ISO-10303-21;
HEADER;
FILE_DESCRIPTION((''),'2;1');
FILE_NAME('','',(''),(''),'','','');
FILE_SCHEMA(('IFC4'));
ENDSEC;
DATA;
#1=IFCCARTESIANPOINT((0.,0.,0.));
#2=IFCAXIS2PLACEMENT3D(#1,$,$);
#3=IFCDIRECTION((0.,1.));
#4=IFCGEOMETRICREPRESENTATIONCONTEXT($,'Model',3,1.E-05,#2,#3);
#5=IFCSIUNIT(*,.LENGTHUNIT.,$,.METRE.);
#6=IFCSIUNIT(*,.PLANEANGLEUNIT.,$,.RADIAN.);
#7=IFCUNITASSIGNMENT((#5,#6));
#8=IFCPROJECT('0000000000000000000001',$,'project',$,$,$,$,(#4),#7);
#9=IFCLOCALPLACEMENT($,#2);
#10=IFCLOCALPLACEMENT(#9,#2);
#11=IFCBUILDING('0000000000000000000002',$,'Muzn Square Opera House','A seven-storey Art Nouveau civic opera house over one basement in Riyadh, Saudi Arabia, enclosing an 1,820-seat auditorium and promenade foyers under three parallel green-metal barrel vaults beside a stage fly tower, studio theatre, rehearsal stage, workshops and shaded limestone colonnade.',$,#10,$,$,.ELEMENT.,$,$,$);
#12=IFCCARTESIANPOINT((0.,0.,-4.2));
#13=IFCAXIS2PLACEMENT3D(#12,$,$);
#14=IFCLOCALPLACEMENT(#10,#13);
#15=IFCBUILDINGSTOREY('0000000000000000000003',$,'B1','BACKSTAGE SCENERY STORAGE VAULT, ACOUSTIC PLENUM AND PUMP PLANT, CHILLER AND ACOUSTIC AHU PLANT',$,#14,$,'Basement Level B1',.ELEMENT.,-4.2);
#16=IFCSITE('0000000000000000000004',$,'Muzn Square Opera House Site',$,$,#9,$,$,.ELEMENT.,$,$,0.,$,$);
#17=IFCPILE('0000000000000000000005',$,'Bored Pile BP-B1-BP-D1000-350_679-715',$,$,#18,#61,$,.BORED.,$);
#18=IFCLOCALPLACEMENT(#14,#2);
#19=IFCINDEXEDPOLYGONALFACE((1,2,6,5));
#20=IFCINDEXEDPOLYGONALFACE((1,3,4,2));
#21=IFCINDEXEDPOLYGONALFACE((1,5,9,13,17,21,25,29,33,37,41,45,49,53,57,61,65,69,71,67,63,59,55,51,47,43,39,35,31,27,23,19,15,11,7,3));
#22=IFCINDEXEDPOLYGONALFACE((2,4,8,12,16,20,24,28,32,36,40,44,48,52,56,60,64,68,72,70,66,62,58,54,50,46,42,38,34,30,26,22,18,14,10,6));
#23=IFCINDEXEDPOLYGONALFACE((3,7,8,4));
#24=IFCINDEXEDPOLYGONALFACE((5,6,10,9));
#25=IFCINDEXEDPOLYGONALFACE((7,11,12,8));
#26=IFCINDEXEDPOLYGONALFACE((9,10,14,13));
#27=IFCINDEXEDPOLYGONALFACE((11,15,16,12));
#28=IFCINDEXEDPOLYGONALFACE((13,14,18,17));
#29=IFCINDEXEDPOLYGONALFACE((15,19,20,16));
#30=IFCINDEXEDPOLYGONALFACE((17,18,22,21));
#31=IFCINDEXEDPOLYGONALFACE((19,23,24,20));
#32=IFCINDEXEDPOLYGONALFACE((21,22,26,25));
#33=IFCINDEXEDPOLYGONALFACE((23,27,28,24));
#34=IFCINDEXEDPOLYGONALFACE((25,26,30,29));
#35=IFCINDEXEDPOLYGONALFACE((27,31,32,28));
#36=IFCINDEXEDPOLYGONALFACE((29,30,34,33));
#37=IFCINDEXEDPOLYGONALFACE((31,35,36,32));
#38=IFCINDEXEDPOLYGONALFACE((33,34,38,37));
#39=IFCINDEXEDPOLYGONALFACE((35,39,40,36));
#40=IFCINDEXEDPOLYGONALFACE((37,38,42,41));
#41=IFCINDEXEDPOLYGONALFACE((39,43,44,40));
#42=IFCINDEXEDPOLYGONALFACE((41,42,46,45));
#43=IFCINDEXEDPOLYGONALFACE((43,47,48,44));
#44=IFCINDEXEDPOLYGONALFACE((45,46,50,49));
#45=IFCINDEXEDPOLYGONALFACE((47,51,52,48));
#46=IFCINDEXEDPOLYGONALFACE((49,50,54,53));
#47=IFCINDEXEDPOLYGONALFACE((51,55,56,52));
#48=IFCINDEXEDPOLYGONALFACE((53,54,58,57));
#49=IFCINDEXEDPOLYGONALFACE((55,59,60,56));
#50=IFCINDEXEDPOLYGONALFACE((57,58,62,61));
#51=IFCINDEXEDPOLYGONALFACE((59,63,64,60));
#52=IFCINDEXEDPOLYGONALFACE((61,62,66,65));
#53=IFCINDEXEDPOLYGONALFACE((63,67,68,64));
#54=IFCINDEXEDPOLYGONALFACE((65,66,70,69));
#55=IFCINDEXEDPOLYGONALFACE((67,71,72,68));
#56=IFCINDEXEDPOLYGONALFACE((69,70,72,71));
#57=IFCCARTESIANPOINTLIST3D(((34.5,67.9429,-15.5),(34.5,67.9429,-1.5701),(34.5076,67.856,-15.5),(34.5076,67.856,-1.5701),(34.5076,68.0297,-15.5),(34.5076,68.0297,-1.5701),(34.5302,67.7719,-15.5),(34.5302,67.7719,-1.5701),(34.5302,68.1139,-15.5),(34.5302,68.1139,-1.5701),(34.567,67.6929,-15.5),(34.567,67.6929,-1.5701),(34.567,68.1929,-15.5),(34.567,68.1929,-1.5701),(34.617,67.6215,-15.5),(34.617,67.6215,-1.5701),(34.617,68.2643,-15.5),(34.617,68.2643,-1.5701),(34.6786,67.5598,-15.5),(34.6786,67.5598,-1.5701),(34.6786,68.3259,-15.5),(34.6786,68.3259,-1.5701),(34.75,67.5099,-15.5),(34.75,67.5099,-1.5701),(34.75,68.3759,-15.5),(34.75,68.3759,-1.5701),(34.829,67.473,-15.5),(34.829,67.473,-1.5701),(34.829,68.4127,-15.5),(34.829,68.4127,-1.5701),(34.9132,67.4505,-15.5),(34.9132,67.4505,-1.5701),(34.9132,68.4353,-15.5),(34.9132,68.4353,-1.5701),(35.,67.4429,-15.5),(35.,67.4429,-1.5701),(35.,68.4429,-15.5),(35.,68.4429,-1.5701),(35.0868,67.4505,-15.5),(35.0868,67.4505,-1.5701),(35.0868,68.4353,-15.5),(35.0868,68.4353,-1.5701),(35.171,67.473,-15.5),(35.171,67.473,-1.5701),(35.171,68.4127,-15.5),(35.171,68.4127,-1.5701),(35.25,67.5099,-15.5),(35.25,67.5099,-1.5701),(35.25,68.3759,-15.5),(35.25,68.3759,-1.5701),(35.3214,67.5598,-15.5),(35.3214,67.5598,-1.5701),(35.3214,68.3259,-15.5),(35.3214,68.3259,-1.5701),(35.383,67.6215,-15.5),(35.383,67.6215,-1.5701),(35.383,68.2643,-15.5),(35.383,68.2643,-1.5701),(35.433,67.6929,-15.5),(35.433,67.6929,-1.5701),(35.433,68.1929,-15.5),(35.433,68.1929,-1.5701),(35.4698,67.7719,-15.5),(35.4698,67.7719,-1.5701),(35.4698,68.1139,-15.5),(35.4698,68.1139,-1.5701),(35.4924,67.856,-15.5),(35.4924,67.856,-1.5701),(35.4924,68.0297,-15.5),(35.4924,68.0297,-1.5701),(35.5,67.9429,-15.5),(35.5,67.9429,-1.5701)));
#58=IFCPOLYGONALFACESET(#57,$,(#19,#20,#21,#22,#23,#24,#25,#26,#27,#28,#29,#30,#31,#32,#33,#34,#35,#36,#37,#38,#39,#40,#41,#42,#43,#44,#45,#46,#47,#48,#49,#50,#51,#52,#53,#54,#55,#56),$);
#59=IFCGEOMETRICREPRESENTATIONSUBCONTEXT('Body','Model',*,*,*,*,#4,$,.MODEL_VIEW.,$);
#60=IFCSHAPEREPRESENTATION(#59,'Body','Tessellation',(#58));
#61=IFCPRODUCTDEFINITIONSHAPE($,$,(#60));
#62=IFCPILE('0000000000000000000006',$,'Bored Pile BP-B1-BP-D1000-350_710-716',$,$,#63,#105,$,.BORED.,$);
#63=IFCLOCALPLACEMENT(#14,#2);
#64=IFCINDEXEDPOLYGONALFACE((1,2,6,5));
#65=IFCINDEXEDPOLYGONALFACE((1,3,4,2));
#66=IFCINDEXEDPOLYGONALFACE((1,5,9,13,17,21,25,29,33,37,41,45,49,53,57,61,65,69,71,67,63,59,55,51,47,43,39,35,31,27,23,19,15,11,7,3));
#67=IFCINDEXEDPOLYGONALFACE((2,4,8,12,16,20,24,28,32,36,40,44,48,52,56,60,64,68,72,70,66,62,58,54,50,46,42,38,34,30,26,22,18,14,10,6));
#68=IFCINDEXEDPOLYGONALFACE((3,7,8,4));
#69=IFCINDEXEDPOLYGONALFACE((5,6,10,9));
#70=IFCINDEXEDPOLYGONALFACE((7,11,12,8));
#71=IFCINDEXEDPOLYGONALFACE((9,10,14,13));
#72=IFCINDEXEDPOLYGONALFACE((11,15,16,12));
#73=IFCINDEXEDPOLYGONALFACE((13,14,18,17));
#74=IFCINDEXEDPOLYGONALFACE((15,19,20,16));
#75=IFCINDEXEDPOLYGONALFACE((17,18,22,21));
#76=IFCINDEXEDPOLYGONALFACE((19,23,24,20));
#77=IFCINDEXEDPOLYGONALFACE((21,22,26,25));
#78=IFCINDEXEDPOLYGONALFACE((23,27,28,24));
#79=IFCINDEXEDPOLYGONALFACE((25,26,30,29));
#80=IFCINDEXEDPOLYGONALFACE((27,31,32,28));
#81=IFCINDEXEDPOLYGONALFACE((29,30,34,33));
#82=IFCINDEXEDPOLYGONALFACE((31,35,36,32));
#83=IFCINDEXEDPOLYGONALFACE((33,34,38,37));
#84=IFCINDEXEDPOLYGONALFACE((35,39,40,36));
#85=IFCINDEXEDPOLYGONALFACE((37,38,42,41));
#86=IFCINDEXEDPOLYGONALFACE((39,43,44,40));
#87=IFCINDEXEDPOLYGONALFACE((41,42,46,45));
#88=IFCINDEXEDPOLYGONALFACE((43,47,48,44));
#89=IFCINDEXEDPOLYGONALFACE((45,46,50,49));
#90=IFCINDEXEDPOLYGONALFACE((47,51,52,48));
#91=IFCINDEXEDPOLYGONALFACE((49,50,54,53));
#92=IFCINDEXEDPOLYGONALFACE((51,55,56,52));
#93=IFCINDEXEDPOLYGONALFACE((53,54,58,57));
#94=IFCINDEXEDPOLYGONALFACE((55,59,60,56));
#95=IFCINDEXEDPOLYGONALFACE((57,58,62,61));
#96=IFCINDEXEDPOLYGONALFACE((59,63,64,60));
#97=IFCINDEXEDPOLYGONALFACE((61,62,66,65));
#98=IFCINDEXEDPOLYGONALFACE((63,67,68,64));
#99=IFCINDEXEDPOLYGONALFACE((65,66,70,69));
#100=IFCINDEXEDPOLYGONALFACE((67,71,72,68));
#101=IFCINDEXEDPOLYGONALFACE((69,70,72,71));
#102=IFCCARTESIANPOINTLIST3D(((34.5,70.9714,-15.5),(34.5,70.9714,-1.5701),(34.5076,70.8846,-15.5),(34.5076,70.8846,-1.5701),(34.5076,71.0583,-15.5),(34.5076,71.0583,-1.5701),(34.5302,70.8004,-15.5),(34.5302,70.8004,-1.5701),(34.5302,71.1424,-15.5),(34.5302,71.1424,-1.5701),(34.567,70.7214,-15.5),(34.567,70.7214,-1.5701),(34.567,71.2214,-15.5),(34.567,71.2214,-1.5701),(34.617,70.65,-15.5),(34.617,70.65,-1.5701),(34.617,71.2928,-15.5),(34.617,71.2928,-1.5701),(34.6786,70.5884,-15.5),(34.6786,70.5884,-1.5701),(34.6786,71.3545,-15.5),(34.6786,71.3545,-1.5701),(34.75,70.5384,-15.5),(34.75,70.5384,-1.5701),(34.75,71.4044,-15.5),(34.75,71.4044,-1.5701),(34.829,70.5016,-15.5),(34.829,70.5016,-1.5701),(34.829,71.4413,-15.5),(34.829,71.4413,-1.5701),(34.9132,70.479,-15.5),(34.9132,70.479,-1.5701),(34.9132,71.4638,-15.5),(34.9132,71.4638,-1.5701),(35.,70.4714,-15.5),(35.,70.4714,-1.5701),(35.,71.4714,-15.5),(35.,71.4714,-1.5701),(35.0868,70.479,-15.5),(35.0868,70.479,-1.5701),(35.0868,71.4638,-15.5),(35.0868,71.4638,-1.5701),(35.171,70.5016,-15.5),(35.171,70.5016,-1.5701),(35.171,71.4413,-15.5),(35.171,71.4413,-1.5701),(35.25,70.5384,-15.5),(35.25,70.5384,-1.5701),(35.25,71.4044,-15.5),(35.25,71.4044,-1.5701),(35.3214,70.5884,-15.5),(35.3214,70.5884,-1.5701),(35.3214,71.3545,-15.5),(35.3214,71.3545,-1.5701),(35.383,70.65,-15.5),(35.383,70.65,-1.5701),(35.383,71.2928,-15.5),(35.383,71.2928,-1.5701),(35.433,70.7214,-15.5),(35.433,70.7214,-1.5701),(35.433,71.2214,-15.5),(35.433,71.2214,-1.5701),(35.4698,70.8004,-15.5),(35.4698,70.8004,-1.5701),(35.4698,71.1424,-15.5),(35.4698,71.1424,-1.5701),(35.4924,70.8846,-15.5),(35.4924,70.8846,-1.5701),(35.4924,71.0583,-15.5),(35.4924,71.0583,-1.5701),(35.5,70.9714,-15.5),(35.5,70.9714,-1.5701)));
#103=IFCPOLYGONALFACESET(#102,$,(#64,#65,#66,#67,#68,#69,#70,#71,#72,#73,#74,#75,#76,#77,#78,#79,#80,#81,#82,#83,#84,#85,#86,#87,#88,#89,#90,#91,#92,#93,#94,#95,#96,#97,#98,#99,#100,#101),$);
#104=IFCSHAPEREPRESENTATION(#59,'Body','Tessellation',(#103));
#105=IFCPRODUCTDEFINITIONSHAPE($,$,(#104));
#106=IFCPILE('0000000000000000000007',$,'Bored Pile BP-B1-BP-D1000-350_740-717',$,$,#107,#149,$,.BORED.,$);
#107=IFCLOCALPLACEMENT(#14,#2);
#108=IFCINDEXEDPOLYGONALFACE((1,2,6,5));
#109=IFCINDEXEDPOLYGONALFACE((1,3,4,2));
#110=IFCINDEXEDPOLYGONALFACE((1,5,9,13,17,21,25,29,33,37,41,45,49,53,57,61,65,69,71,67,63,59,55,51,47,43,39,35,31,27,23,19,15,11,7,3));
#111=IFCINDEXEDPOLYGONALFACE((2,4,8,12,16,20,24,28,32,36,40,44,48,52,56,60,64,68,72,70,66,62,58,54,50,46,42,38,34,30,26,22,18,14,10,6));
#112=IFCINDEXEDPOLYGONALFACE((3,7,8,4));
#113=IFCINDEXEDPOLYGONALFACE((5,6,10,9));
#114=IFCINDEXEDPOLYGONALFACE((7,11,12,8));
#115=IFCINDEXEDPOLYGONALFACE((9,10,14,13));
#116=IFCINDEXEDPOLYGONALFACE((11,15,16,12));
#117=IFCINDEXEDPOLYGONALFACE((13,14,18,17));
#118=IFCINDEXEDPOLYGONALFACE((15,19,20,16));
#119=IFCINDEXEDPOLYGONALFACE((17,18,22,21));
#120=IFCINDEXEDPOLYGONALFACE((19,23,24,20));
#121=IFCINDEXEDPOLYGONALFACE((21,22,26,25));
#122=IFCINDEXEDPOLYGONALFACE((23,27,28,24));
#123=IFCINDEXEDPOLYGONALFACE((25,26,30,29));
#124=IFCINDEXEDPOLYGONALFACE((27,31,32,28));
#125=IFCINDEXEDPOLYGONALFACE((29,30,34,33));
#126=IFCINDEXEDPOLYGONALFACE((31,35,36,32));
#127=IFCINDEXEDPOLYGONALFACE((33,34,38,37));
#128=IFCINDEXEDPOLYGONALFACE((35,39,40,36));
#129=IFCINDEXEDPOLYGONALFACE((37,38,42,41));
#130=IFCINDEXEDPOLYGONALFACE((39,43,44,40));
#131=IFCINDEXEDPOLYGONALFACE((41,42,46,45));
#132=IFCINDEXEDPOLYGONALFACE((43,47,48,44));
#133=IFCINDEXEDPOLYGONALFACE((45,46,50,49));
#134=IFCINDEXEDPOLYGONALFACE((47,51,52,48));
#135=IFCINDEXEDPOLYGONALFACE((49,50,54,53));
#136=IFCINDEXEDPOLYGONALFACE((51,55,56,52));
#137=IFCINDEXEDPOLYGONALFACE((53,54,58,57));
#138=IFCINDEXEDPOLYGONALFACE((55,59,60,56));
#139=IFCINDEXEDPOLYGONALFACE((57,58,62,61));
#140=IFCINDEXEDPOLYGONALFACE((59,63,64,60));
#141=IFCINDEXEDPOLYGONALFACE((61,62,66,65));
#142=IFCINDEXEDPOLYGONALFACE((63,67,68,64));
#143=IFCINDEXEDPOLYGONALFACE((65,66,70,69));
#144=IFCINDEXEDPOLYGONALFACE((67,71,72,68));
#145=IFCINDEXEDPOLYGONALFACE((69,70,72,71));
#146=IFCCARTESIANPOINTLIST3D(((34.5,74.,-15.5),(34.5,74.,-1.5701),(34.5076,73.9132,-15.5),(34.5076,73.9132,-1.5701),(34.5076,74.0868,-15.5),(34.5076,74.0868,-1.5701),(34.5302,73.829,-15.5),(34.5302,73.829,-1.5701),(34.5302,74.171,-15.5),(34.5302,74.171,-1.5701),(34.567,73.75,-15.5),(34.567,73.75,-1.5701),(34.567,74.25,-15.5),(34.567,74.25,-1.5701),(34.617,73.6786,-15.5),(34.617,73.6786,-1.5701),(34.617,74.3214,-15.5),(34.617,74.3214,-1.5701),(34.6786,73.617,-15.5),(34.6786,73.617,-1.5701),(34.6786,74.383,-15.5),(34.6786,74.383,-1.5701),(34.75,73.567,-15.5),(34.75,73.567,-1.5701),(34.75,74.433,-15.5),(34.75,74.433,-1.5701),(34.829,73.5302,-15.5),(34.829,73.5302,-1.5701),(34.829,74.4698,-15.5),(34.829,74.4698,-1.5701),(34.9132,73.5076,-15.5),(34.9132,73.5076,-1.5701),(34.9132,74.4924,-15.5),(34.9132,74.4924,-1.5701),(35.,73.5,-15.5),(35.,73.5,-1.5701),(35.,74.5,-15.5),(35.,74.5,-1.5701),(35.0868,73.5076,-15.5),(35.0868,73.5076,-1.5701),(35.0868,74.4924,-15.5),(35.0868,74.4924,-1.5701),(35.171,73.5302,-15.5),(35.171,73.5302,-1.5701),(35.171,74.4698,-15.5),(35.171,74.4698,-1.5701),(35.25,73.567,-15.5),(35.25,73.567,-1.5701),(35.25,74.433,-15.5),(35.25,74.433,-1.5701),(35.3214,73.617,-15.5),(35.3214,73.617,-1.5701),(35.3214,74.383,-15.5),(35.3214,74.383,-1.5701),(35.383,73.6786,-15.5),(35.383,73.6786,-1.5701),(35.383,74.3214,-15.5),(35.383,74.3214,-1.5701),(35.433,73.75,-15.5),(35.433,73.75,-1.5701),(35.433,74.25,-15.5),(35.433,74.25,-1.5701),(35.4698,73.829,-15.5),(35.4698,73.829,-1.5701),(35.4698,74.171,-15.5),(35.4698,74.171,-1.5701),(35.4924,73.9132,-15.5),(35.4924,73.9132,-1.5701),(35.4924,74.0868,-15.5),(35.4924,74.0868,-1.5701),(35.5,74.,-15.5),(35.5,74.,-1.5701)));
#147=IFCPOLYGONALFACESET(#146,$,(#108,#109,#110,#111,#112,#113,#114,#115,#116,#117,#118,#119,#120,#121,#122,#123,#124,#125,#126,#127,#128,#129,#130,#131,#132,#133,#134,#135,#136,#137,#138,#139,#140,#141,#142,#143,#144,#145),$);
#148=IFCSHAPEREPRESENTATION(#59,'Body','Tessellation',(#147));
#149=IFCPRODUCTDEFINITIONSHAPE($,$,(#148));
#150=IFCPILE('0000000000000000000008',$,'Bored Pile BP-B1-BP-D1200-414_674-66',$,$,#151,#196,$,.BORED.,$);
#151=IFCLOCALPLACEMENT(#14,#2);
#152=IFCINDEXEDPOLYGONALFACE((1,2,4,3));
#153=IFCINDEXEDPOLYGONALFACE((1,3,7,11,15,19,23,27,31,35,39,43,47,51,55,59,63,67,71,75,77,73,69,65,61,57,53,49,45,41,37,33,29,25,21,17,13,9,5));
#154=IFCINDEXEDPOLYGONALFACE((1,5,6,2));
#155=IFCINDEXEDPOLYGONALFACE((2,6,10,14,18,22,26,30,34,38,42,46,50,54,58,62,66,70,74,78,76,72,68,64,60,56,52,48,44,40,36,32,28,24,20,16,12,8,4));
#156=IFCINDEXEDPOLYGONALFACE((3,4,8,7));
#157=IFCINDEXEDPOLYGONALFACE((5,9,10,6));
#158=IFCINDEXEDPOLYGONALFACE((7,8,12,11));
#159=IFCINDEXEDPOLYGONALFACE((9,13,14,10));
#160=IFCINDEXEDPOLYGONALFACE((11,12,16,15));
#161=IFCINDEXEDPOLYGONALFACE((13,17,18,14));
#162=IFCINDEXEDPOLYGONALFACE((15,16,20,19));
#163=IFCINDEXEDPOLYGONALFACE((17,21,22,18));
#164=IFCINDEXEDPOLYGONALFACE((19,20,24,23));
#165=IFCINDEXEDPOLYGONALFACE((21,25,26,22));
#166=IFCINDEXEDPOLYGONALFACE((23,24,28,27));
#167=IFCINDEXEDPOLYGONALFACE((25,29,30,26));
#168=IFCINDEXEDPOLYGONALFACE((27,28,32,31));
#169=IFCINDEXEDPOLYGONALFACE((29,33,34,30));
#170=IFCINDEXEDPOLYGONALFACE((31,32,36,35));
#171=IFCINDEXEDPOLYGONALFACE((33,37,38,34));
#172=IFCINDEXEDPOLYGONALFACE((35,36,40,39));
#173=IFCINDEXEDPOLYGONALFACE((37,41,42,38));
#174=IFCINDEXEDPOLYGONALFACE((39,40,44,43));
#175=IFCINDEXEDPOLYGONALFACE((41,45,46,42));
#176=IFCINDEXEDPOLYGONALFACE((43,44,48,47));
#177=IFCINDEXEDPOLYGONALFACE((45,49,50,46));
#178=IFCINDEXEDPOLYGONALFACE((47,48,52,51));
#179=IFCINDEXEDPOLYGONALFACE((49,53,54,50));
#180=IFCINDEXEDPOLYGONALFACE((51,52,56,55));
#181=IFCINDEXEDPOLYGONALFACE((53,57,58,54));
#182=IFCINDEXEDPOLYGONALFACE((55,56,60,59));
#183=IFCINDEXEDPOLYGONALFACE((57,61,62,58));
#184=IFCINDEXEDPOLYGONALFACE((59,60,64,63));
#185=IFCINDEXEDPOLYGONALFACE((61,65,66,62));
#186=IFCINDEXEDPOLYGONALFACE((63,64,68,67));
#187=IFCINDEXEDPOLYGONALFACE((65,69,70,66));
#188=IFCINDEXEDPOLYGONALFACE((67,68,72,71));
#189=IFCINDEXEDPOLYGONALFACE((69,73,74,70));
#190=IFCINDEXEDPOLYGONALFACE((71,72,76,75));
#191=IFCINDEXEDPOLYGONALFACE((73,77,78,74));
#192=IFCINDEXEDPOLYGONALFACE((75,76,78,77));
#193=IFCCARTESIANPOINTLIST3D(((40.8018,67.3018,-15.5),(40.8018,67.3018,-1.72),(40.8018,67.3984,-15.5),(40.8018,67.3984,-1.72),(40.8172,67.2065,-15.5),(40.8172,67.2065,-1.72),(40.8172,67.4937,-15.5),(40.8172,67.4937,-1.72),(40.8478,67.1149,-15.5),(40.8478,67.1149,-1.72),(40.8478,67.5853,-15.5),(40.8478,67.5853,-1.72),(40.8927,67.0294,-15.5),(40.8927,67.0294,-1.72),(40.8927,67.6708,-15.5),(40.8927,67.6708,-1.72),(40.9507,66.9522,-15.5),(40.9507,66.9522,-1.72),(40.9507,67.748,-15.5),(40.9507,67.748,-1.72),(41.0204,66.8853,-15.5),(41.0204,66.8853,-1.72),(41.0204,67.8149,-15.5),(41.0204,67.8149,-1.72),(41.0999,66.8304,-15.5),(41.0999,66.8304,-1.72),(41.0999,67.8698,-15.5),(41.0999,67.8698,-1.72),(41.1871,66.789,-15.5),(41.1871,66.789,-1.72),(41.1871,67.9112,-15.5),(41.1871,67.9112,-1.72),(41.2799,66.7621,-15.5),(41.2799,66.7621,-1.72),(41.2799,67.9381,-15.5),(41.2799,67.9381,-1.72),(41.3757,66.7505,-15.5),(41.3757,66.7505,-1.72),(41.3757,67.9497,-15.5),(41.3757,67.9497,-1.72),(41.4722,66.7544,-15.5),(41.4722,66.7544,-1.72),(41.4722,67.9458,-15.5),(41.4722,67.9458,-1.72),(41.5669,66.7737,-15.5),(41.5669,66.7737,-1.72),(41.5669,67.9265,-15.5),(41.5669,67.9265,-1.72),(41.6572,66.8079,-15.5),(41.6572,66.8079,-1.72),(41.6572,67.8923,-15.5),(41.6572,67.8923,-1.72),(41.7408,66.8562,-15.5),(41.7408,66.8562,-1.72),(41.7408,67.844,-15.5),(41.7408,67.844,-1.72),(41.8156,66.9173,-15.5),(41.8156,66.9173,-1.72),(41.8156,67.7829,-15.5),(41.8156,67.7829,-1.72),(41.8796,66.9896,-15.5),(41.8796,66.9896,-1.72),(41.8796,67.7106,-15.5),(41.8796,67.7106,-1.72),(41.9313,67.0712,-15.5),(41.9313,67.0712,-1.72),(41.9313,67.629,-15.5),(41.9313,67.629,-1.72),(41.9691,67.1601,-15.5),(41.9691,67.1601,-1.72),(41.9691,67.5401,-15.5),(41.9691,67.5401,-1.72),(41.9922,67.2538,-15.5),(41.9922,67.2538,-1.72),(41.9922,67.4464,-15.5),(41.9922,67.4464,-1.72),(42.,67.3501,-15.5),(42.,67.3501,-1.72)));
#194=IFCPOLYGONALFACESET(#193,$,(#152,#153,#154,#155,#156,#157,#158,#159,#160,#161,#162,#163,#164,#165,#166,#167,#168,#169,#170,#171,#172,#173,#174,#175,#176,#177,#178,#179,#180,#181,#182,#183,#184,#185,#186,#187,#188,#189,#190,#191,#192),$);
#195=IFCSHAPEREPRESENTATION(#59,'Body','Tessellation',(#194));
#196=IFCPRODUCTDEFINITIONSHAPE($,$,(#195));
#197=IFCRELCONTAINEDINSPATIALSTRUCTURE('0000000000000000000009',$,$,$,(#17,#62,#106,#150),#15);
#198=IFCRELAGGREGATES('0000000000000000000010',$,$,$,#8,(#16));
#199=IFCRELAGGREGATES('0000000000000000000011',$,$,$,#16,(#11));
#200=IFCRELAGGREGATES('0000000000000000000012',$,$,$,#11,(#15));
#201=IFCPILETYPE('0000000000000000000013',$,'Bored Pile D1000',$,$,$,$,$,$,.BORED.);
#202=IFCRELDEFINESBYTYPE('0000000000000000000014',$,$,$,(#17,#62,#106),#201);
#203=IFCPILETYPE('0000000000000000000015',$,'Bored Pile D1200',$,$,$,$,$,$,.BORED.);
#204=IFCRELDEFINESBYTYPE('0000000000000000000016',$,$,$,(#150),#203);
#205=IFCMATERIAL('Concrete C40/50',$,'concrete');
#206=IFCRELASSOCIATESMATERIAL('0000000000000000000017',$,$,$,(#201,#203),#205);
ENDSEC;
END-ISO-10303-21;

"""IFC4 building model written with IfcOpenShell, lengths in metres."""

from ifc_helpers import new_model, si_unit, direction, frame, origin, origin_2d, place, context, subcontext, project, spatial, circle, extrude, material, material_profile, profile_set, type_object, element, save


model = new_model("IFC4")

# Units and contexts
model_context = context("Model", 3, precision=1e-05, world=origin(), true_north=direction((0.0, 1.0)))
body_context = subcontext(model_context, "Body", "Model", "MODEL_VIEW")
ifc_project = project(units=[si_unit("LENGTHUNIT", "METRE"), si_unit("PLANEANGLEUNIT", "RADIAN")], contexts=[model_context])

# Site, building, storey
site_placement = place(None, origin())
site = spatial("IfcSite", under=ifc_project, at=site_placement, Name="Muzn Square Opera House Site", CompositionType="ELEMENT", RefElevation=0.0)
building_placement = place(site_placement, origin())
building = spatial("IfcBuilding", under=site, at=building_placement, Name="Muzn Square Opera House", Description="A seven-storey Art Nouveau civic opera house over one basement in Riyadh, Saudi Arabia, enclosing an 1,820-seat auditorium and promenade foyers under three parallel green-metal barrel vaults beside a stage fly tower, studio theatre, rehearsal stage, workshops and shaded limestone colonnade.", CompositionType="ELEMENT")
storey_placement = place(building_placement, frame((0.0, 0.0, -4.2)))
storey = spatial("IfcBuildingStorey", under=building, at=storey_placement, Name="B1", Description="BACKSTAGE SCENERY STORAGE VAULT, ACOUSTIC PLENUM AND PUMP PLANT, CHILLER AND ACOUSTIC AHU PLANT", LongName="Basement Level B1", CompositionType="ELEMENT", Elevation=-4.2)

# Piles
ifc_material_1 = material(Name="Concrete C40/50", Category="concrete")
ifc_material_profile_1 = material_profile(ifc_material_1, circle(Radius=0.5, at=origin_2d()), Name="BORED PILE D1000", Category="concrete")
ifc_profile_set_1 = profile_set([ifc_material_profile_1], Name="Concrete C40/50")
pile_type_1 = type_object("IfcPileType", Name="Bored Pile D1000", PredefinedType="BORED", material=ifc_profile_set_1)
for number, where, z_axis, x_axis, name in (
    (1, (35.0, 67.9429, -1.5701), (0.0, 0.0, -1.0), (1.0, 0.0, 0.0), "Bored Pile BP-B1-BP-D1000-350_679-715"),
    (2, (35.0, 70.9714, -1.5701), (0.0, 0.0, -1.0), (1.0, 0.0, 0.0), "Bored Pile BP-B1-BP-D1000-350_710-716"),
    (3, (35.0, 74.0, -1.5701), (0.0, 0.0, -1.0), (1.0, 0.0, 0.0), "Bored Pile BP-B1-BP-D1000-350_740-717"),
):
    element("IfcPile", number, at=place(storey_placement, frame(where, z_axis=z_axis, x_axis=x_axis)), inside=storey, type_object=pile_type_1, Name=name, PredefinedType="BORED", context=body_context, shape_type="SweptSolid", body=[
        extrude(circle(Radius=0.5, at=origin_2d()), origin(), (0.0, 0.0, 1.0), 13.9299),
    ])
ifc_material_profile_2 = material_profile(ifc_material_1, circle(Radius=0.6001, at=origin_2d()), Name="BORED PILE D1200", Category="concrete")
ifc_profile_set_2 = profile_set([ifc_material_profile_2], Name="Concrete C40/50")
pile_type_2 = type_object("IfcPileType", Name="Bored Pile D1200", PredefinedType="BORED", material=ifc_profile_set_2)
for number, where, z_axis, x_axis, name in (
    (4, (41.3999, 67.3501, -1.72), (0.0, 0.0, -1.0), (1.0, 0.0, 0.0), "Bored Pile BP-B1-BP-D1200-414_674-66"),
):
    element("IfcPile", number, at=place(storey_placement, frame(where, z_axis=z_axis, x_axis=x_axis)), inside=storey, type_object=pile_type_2, Name=name, PredefinedType="BORED", context=body_context, shape_type="SweptSolid", body=[
        extrude(circle(Radius=0.6001, at=origin_2d()), origin(), (0.0, 0.0, 1.0), 13.78),
    ])

save(model, "model.ifc")
